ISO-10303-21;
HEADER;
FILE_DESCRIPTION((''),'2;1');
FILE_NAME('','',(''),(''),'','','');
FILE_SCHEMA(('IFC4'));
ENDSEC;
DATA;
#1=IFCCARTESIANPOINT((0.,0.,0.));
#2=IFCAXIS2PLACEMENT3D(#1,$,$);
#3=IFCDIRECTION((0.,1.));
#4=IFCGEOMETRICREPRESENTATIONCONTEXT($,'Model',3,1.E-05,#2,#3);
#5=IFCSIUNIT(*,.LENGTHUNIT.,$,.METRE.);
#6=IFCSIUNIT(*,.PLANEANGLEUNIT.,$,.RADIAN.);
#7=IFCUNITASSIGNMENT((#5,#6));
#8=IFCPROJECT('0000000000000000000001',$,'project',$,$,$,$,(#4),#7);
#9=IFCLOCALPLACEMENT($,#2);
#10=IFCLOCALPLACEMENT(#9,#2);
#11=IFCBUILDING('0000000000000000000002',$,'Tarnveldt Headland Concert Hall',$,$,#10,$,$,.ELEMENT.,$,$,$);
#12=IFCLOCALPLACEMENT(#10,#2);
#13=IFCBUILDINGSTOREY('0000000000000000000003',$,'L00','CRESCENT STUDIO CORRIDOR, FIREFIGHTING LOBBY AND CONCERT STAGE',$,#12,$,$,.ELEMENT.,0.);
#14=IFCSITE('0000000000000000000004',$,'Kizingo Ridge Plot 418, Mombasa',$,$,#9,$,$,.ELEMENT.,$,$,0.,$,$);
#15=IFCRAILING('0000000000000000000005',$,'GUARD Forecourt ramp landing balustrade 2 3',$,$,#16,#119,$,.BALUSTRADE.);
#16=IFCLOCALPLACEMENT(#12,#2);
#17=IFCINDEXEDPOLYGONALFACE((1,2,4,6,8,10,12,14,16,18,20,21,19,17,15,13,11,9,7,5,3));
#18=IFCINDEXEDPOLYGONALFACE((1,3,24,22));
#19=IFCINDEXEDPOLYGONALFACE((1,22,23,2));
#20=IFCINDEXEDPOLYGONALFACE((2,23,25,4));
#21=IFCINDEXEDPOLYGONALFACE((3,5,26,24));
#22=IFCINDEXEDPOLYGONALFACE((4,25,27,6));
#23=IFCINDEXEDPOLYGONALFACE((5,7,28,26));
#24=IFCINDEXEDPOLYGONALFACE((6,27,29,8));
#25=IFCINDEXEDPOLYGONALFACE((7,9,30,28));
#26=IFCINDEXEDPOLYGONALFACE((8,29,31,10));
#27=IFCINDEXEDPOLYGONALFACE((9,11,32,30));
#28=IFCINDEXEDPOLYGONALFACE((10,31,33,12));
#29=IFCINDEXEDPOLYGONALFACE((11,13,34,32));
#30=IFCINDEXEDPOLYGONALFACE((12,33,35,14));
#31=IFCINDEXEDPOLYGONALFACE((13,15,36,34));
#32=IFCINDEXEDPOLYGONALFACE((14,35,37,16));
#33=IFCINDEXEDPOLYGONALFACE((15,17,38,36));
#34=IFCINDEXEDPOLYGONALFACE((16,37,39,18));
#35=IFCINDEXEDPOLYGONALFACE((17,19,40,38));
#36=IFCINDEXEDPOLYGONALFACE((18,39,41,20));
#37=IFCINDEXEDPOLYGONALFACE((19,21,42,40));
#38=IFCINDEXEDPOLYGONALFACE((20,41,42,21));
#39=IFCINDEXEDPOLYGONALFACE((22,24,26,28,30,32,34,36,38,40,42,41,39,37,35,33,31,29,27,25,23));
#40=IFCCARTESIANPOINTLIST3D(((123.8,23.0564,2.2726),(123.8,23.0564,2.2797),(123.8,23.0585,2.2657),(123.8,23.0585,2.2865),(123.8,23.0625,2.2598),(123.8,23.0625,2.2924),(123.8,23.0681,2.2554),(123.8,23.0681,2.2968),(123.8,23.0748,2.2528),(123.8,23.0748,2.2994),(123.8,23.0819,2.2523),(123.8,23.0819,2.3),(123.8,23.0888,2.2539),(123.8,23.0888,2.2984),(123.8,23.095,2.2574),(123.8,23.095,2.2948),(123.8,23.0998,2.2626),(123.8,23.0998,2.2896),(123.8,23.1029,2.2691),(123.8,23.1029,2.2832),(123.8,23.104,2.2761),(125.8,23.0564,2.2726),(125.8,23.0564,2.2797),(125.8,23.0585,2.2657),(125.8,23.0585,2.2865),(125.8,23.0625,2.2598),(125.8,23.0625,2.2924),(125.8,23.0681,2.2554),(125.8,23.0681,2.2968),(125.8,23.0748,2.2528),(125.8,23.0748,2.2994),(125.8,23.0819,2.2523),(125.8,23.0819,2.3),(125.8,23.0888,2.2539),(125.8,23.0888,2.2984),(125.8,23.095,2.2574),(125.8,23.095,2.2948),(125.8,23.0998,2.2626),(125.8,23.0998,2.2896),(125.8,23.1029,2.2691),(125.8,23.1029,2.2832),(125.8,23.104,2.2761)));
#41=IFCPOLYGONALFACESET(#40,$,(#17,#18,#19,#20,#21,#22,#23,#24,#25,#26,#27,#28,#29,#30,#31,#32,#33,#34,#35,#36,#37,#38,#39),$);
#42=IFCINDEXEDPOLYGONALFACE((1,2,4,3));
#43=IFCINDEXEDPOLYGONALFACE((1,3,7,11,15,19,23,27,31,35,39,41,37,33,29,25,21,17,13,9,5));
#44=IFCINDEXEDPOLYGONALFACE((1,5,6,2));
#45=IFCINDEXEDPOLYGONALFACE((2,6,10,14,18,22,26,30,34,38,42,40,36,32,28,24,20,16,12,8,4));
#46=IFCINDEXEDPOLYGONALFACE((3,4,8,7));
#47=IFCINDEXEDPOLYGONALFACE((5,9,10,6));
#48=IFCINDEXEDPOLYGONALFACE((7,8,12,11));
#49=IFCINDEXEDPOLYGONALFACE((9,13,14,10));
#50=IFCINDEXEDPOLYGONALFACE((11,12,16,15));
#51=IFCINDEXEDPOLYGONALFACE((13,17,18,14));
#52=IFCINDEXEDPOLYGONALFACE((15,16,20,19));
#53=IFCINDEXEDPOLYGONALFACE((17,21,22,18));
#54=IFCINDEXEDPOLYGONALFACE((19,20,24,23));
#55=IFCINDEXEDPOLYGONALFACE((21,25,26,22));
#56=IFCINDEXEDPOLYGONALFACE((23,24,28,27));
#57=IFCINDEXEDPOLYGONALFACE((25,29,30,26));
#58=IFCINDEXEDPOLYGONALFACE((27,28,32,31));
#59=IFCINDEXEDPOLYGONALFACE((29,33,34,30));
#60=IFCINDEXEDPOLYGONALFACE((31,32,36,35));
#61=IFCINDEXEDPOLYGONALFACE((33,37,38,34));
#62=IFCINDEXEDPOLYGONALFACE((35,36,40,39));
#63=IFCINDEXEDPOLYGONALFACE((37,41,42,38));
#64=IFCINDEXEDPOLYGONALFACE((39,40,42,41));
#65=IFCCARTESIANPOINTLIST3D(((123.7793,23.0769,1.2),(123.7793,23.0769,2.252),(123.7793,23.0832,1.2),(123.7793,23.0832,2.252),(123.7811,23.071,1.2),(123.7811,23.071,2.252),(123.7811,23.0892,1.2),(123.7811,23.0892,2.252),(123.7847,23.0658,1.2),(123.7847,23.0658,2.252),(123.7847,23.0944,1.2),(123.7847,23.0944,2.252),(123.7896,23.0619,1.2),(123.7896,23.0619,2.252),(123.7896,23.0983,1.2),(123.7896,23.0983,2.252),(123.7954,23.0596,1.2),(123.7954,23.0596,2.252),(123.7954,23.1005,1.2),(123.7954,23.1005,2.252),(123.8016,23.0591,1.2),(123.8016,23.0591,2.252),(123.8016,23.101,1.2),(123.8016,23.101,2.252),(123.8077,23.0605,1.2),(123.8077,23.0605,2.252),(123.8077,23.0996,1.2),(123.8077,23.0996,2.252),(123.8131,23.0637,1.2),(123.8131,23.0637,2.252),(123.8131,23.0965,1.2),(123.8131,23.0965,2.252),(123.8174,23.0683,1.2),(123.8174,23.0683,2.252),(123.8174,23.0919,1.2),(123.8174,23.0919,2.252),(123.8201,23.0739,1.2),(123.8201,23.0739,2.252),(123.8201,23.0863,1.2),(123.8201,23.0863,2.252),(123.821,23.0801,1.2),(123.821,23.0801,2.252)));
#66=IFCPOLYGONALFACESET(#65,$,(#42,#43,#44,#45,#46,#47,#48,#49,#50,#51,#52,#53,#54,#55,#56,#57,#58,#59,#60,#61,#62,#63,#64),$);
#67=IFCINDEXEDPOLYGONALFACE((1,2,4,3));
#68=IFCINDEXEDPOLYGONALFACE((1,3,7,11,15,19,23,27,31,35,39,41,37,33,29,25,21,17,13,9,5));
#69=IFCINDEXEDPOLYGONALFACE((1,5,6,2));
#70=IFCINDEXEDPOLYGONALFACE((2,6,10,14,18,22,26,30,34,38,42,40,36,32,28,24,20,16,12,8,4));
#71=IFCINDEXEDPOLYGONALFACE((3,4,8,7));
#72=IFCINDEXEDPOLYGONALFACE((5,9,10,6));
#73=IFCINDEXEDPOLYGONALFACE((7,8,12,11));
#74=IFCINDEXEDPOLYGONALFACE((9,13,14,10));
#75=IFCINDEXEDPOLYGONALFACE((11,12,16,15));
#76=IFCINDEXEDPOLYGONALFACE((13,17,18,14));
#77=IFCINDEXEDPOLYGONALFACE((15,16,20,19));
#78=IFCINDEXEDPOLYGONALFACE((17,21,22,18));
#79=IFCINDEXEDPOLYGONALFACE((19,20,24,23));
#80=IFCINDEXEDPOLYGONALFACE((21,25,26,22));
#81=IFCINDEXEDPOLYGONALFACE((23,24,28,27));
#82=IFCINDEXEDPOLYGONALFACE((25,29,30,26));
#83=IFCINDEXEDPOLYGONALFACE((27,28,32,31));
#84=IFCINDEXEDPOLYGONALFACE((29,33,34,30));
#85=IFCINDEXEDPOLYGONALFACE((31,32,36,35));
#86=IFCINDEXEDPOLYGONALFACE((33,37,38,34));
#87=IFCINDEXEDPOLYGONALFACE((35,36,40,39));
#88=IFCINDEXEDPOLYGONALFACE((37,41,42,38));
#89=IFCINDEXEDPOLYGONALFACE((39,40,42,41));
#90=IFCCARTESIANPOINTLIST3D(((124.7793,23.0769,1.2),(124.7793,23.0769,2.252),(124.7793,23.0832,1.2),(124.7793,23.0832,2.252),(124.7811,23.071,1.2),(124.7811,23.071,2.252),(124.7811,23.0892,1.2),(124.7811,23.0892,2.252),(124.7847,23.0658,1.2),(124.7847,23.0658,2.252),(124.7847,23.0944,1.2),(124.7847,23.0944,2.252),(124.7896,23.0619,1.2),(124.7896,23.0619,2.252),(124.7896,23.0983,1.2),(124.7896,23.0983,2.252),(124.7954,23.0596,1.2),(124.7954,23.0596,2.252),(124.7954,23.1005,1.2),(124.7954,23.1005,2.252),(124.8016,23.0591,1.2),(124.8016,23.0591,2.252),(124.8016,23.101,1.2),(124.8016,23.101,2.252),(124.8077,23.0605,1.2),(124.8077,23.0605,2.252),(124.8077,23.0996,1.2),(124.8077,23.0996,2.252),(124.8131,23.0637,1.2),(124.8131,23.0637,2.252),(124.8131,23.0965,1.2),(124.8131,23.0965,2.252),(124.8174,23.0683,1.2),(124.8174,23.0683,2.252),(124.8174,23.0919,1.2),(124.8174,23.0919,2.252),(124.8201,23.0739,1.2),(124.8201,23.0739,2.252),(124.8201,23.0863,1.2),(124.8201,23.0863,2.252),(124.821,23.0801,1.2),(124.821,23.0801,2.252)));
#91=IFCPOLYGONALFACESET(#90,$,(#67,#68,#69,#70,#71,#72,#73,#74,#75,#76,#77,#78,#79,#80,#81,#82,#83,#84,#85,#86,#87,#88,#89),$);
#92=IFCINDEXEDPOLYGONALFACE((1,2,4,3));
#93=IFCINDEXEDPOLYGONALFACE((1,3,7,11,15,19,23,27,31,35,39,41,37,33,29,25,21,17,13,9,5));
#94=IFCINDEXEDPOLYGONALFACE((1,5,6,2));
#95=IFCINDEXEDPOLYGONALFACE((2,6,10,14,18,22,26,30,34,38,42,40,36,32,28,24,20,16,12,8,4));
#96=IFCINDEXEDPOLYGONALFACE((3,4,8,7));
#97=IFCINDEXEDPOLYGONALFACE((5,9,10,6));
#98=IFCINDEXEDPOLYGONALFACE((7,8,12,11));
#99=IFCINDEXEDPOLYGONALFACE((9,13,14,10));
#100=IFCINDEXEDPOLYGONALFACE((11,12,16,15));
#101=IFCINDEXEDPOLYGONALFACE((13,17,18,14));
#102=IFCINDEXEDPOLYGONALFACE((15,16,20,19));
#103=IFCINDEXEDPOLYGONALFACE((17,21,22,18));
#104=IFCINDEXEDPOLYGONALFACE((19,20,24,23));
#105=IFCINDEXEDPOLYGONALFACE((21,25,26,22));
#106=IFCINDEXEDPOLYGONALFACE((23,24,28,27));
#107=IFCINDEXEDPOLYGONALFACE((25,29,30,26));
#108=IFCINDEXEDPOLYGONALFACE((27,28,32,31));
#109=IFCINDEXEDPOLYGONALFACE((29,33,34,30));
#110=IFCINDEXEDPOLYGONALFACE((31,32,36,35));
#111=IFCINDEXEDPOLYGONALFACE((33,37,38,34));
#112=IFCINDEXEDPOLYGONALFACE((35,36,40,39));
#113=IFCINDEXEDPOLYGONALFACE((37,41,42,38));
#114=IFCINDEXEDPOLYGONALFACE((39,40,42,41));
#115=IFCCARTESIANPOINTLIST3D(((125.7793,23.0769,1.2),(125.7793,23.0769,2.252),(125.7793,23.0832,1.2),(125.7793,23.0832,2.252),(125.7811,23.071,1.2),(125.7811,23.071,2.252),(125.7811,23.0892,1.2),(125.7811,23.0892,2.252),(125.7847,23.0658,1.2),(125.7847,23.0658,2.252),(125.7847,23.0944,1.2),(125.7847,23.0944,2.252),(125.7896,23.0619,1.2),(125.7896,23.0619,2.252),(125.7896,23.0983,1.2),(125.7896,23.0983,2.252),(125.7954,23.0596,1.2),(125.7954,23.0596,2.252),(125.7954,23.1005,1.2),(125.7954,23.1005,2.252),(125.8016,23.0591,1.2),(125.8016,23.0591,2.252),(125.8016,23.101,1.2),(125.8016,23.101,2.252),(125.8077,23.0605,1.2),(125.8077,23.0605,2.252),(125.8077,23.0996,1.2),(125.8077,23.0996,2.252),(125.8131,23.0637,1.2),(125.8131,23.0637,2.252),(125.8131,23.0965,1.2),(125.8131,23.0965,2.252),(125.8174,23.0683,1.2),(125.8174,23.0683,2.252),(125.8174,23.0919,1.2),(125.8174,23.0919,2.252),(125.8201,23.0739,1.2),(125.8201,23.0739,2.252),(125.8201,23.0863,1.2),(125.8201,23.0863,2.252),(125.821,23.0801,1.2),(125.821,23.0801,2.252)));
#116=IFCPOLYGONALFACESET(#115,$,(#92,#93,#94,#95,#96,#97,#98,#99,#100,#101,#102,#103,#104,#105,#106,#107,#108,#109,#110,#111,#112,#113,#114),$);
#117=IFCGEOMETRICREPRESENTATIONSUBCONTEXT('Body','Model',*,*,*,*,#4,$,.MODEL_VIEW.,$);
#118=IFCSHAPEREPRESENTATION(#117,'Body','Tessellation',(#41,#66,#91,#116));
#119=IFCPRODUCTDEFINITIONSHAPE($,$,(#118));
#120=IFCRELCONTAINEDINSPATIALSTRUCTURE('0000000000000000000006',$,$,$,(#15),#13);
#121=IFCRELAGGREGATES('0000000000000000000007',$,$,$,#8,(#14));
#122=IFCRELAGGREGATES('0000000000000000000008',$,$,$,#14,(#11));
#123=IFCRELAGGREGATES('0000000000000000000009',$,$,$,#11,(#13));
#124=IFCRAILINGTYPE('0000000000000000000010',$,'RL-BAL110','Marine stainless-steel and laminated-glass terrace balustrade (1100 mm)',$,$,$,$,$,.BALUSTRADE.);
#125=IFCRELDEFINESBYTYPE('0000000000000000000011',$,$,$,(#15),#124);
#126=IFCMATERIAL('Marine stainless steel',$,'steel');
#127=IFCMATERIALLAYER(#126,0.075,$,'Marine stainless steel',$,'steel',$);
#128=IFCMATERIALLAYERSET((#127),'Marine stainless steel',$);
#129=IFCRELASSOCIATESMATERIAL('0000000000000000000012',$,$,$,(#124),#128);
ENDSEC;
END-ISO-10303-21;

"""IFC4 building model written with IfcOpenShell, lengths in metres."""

from ifc_helpers import new_model, si_unit, direction, frame, origin, origin_2d, place, context, subcontext, project, spatial, circle, extrude, material, layer, layer_set, type_object, element, save


model = new_model("IFC4")

# Units and contexts
model_context = context("Model", 3, precision=1e-05, world=origin(), true_north=direction((0.0, 1.0)))
body_context = subcontext(model_context, "Body", "Model", "MODEL_VIEW")
ifc_project = project(units=[si_unit("LENGTHUNIT", "METRE"), si_unit("PLANEANGLEUNIT", "RADIAN")], contexts=[model_context])

# Site, building, storey
site_placement = place(None, origin())
site = spatial("IfcSite", under=ifc_project, at=site_placement, Name="Kizingo Ridge Plot 418, Mombasa", CompositionType="ELEMENT", RefElevation=0.0)
building_placement = place(site_placement, origin())
building = spatial("IfcBuilding", under=site, at=building_placement, Name="Tarnveldt Headland Concert Hall", CompositionType="ELEMENT")
storey_placement = place(building_placement, origin())
storey = spatial("IfcBuildingStorey", under=building, at=storey_placement, Name="L00", Description="CRESCENT STUDIO CORRIDOR, FIREFIGHTING LOBBY AND CONCERT STAGE", CompositionType="ELEMENT", Elevation=0.0)

# Railing
ifc_material_1 = material(Name="Marine stainless steel", Category="steel")
ifc_layer_1 = layer(ifc_material_1, 0.075, Name="Marine stainless steel", Category="steel")
ifc_layer_set_1 = layer_set([ifc_layer_1], Name="Marine stainless steel")
railing_type = type_object("IfcRailingType", Name="RL-BAL110", Description="Marine stainless-steel and laminated-glass terrace balustrade (1100 mm)", PredefinedType="BALUSTRADE", material=ifc_layer_set_1)
railing_1_placement = place(storey_placement, frame((123.8, 23.0801, 1.2)))
element("IfcRailing", 1, at=railing_1_placement, inside=storey, type_object=railing_type, Name="GUARD Forecourt ramp landing balustrade 2 3", PredefinedType="BALUSTRADE", context=body_context, shape_type="SweptSolid", body=[
    extrude(circle(Radius=0.0239, at=origin_2d()), frame((0.0, 0.0, 1.0762), z_axis=(1.0, 0.0, 0.0), x_axis=(0.0, 1.0, 0.0)), (0.0, 0.0, 1.0), 2.0),
    extrude(circle(Radius=0.021, at=origin_2d()), origin(), (0.0, 0.0, 1.0), 1.052),
    extrude(circle(Radius=0.021, at=origin_2d()), frame((1.0, 0.0, 0.0)), (0.0, 0.0, 1.0), 1.052),
    extrude(circle(Radius=0.021, at=origin_2d()), frame((2.0, 0.0, 0.0)), (0.0, 0.0, 1.0), 1.052),
])

save(model, "model.ifc")
